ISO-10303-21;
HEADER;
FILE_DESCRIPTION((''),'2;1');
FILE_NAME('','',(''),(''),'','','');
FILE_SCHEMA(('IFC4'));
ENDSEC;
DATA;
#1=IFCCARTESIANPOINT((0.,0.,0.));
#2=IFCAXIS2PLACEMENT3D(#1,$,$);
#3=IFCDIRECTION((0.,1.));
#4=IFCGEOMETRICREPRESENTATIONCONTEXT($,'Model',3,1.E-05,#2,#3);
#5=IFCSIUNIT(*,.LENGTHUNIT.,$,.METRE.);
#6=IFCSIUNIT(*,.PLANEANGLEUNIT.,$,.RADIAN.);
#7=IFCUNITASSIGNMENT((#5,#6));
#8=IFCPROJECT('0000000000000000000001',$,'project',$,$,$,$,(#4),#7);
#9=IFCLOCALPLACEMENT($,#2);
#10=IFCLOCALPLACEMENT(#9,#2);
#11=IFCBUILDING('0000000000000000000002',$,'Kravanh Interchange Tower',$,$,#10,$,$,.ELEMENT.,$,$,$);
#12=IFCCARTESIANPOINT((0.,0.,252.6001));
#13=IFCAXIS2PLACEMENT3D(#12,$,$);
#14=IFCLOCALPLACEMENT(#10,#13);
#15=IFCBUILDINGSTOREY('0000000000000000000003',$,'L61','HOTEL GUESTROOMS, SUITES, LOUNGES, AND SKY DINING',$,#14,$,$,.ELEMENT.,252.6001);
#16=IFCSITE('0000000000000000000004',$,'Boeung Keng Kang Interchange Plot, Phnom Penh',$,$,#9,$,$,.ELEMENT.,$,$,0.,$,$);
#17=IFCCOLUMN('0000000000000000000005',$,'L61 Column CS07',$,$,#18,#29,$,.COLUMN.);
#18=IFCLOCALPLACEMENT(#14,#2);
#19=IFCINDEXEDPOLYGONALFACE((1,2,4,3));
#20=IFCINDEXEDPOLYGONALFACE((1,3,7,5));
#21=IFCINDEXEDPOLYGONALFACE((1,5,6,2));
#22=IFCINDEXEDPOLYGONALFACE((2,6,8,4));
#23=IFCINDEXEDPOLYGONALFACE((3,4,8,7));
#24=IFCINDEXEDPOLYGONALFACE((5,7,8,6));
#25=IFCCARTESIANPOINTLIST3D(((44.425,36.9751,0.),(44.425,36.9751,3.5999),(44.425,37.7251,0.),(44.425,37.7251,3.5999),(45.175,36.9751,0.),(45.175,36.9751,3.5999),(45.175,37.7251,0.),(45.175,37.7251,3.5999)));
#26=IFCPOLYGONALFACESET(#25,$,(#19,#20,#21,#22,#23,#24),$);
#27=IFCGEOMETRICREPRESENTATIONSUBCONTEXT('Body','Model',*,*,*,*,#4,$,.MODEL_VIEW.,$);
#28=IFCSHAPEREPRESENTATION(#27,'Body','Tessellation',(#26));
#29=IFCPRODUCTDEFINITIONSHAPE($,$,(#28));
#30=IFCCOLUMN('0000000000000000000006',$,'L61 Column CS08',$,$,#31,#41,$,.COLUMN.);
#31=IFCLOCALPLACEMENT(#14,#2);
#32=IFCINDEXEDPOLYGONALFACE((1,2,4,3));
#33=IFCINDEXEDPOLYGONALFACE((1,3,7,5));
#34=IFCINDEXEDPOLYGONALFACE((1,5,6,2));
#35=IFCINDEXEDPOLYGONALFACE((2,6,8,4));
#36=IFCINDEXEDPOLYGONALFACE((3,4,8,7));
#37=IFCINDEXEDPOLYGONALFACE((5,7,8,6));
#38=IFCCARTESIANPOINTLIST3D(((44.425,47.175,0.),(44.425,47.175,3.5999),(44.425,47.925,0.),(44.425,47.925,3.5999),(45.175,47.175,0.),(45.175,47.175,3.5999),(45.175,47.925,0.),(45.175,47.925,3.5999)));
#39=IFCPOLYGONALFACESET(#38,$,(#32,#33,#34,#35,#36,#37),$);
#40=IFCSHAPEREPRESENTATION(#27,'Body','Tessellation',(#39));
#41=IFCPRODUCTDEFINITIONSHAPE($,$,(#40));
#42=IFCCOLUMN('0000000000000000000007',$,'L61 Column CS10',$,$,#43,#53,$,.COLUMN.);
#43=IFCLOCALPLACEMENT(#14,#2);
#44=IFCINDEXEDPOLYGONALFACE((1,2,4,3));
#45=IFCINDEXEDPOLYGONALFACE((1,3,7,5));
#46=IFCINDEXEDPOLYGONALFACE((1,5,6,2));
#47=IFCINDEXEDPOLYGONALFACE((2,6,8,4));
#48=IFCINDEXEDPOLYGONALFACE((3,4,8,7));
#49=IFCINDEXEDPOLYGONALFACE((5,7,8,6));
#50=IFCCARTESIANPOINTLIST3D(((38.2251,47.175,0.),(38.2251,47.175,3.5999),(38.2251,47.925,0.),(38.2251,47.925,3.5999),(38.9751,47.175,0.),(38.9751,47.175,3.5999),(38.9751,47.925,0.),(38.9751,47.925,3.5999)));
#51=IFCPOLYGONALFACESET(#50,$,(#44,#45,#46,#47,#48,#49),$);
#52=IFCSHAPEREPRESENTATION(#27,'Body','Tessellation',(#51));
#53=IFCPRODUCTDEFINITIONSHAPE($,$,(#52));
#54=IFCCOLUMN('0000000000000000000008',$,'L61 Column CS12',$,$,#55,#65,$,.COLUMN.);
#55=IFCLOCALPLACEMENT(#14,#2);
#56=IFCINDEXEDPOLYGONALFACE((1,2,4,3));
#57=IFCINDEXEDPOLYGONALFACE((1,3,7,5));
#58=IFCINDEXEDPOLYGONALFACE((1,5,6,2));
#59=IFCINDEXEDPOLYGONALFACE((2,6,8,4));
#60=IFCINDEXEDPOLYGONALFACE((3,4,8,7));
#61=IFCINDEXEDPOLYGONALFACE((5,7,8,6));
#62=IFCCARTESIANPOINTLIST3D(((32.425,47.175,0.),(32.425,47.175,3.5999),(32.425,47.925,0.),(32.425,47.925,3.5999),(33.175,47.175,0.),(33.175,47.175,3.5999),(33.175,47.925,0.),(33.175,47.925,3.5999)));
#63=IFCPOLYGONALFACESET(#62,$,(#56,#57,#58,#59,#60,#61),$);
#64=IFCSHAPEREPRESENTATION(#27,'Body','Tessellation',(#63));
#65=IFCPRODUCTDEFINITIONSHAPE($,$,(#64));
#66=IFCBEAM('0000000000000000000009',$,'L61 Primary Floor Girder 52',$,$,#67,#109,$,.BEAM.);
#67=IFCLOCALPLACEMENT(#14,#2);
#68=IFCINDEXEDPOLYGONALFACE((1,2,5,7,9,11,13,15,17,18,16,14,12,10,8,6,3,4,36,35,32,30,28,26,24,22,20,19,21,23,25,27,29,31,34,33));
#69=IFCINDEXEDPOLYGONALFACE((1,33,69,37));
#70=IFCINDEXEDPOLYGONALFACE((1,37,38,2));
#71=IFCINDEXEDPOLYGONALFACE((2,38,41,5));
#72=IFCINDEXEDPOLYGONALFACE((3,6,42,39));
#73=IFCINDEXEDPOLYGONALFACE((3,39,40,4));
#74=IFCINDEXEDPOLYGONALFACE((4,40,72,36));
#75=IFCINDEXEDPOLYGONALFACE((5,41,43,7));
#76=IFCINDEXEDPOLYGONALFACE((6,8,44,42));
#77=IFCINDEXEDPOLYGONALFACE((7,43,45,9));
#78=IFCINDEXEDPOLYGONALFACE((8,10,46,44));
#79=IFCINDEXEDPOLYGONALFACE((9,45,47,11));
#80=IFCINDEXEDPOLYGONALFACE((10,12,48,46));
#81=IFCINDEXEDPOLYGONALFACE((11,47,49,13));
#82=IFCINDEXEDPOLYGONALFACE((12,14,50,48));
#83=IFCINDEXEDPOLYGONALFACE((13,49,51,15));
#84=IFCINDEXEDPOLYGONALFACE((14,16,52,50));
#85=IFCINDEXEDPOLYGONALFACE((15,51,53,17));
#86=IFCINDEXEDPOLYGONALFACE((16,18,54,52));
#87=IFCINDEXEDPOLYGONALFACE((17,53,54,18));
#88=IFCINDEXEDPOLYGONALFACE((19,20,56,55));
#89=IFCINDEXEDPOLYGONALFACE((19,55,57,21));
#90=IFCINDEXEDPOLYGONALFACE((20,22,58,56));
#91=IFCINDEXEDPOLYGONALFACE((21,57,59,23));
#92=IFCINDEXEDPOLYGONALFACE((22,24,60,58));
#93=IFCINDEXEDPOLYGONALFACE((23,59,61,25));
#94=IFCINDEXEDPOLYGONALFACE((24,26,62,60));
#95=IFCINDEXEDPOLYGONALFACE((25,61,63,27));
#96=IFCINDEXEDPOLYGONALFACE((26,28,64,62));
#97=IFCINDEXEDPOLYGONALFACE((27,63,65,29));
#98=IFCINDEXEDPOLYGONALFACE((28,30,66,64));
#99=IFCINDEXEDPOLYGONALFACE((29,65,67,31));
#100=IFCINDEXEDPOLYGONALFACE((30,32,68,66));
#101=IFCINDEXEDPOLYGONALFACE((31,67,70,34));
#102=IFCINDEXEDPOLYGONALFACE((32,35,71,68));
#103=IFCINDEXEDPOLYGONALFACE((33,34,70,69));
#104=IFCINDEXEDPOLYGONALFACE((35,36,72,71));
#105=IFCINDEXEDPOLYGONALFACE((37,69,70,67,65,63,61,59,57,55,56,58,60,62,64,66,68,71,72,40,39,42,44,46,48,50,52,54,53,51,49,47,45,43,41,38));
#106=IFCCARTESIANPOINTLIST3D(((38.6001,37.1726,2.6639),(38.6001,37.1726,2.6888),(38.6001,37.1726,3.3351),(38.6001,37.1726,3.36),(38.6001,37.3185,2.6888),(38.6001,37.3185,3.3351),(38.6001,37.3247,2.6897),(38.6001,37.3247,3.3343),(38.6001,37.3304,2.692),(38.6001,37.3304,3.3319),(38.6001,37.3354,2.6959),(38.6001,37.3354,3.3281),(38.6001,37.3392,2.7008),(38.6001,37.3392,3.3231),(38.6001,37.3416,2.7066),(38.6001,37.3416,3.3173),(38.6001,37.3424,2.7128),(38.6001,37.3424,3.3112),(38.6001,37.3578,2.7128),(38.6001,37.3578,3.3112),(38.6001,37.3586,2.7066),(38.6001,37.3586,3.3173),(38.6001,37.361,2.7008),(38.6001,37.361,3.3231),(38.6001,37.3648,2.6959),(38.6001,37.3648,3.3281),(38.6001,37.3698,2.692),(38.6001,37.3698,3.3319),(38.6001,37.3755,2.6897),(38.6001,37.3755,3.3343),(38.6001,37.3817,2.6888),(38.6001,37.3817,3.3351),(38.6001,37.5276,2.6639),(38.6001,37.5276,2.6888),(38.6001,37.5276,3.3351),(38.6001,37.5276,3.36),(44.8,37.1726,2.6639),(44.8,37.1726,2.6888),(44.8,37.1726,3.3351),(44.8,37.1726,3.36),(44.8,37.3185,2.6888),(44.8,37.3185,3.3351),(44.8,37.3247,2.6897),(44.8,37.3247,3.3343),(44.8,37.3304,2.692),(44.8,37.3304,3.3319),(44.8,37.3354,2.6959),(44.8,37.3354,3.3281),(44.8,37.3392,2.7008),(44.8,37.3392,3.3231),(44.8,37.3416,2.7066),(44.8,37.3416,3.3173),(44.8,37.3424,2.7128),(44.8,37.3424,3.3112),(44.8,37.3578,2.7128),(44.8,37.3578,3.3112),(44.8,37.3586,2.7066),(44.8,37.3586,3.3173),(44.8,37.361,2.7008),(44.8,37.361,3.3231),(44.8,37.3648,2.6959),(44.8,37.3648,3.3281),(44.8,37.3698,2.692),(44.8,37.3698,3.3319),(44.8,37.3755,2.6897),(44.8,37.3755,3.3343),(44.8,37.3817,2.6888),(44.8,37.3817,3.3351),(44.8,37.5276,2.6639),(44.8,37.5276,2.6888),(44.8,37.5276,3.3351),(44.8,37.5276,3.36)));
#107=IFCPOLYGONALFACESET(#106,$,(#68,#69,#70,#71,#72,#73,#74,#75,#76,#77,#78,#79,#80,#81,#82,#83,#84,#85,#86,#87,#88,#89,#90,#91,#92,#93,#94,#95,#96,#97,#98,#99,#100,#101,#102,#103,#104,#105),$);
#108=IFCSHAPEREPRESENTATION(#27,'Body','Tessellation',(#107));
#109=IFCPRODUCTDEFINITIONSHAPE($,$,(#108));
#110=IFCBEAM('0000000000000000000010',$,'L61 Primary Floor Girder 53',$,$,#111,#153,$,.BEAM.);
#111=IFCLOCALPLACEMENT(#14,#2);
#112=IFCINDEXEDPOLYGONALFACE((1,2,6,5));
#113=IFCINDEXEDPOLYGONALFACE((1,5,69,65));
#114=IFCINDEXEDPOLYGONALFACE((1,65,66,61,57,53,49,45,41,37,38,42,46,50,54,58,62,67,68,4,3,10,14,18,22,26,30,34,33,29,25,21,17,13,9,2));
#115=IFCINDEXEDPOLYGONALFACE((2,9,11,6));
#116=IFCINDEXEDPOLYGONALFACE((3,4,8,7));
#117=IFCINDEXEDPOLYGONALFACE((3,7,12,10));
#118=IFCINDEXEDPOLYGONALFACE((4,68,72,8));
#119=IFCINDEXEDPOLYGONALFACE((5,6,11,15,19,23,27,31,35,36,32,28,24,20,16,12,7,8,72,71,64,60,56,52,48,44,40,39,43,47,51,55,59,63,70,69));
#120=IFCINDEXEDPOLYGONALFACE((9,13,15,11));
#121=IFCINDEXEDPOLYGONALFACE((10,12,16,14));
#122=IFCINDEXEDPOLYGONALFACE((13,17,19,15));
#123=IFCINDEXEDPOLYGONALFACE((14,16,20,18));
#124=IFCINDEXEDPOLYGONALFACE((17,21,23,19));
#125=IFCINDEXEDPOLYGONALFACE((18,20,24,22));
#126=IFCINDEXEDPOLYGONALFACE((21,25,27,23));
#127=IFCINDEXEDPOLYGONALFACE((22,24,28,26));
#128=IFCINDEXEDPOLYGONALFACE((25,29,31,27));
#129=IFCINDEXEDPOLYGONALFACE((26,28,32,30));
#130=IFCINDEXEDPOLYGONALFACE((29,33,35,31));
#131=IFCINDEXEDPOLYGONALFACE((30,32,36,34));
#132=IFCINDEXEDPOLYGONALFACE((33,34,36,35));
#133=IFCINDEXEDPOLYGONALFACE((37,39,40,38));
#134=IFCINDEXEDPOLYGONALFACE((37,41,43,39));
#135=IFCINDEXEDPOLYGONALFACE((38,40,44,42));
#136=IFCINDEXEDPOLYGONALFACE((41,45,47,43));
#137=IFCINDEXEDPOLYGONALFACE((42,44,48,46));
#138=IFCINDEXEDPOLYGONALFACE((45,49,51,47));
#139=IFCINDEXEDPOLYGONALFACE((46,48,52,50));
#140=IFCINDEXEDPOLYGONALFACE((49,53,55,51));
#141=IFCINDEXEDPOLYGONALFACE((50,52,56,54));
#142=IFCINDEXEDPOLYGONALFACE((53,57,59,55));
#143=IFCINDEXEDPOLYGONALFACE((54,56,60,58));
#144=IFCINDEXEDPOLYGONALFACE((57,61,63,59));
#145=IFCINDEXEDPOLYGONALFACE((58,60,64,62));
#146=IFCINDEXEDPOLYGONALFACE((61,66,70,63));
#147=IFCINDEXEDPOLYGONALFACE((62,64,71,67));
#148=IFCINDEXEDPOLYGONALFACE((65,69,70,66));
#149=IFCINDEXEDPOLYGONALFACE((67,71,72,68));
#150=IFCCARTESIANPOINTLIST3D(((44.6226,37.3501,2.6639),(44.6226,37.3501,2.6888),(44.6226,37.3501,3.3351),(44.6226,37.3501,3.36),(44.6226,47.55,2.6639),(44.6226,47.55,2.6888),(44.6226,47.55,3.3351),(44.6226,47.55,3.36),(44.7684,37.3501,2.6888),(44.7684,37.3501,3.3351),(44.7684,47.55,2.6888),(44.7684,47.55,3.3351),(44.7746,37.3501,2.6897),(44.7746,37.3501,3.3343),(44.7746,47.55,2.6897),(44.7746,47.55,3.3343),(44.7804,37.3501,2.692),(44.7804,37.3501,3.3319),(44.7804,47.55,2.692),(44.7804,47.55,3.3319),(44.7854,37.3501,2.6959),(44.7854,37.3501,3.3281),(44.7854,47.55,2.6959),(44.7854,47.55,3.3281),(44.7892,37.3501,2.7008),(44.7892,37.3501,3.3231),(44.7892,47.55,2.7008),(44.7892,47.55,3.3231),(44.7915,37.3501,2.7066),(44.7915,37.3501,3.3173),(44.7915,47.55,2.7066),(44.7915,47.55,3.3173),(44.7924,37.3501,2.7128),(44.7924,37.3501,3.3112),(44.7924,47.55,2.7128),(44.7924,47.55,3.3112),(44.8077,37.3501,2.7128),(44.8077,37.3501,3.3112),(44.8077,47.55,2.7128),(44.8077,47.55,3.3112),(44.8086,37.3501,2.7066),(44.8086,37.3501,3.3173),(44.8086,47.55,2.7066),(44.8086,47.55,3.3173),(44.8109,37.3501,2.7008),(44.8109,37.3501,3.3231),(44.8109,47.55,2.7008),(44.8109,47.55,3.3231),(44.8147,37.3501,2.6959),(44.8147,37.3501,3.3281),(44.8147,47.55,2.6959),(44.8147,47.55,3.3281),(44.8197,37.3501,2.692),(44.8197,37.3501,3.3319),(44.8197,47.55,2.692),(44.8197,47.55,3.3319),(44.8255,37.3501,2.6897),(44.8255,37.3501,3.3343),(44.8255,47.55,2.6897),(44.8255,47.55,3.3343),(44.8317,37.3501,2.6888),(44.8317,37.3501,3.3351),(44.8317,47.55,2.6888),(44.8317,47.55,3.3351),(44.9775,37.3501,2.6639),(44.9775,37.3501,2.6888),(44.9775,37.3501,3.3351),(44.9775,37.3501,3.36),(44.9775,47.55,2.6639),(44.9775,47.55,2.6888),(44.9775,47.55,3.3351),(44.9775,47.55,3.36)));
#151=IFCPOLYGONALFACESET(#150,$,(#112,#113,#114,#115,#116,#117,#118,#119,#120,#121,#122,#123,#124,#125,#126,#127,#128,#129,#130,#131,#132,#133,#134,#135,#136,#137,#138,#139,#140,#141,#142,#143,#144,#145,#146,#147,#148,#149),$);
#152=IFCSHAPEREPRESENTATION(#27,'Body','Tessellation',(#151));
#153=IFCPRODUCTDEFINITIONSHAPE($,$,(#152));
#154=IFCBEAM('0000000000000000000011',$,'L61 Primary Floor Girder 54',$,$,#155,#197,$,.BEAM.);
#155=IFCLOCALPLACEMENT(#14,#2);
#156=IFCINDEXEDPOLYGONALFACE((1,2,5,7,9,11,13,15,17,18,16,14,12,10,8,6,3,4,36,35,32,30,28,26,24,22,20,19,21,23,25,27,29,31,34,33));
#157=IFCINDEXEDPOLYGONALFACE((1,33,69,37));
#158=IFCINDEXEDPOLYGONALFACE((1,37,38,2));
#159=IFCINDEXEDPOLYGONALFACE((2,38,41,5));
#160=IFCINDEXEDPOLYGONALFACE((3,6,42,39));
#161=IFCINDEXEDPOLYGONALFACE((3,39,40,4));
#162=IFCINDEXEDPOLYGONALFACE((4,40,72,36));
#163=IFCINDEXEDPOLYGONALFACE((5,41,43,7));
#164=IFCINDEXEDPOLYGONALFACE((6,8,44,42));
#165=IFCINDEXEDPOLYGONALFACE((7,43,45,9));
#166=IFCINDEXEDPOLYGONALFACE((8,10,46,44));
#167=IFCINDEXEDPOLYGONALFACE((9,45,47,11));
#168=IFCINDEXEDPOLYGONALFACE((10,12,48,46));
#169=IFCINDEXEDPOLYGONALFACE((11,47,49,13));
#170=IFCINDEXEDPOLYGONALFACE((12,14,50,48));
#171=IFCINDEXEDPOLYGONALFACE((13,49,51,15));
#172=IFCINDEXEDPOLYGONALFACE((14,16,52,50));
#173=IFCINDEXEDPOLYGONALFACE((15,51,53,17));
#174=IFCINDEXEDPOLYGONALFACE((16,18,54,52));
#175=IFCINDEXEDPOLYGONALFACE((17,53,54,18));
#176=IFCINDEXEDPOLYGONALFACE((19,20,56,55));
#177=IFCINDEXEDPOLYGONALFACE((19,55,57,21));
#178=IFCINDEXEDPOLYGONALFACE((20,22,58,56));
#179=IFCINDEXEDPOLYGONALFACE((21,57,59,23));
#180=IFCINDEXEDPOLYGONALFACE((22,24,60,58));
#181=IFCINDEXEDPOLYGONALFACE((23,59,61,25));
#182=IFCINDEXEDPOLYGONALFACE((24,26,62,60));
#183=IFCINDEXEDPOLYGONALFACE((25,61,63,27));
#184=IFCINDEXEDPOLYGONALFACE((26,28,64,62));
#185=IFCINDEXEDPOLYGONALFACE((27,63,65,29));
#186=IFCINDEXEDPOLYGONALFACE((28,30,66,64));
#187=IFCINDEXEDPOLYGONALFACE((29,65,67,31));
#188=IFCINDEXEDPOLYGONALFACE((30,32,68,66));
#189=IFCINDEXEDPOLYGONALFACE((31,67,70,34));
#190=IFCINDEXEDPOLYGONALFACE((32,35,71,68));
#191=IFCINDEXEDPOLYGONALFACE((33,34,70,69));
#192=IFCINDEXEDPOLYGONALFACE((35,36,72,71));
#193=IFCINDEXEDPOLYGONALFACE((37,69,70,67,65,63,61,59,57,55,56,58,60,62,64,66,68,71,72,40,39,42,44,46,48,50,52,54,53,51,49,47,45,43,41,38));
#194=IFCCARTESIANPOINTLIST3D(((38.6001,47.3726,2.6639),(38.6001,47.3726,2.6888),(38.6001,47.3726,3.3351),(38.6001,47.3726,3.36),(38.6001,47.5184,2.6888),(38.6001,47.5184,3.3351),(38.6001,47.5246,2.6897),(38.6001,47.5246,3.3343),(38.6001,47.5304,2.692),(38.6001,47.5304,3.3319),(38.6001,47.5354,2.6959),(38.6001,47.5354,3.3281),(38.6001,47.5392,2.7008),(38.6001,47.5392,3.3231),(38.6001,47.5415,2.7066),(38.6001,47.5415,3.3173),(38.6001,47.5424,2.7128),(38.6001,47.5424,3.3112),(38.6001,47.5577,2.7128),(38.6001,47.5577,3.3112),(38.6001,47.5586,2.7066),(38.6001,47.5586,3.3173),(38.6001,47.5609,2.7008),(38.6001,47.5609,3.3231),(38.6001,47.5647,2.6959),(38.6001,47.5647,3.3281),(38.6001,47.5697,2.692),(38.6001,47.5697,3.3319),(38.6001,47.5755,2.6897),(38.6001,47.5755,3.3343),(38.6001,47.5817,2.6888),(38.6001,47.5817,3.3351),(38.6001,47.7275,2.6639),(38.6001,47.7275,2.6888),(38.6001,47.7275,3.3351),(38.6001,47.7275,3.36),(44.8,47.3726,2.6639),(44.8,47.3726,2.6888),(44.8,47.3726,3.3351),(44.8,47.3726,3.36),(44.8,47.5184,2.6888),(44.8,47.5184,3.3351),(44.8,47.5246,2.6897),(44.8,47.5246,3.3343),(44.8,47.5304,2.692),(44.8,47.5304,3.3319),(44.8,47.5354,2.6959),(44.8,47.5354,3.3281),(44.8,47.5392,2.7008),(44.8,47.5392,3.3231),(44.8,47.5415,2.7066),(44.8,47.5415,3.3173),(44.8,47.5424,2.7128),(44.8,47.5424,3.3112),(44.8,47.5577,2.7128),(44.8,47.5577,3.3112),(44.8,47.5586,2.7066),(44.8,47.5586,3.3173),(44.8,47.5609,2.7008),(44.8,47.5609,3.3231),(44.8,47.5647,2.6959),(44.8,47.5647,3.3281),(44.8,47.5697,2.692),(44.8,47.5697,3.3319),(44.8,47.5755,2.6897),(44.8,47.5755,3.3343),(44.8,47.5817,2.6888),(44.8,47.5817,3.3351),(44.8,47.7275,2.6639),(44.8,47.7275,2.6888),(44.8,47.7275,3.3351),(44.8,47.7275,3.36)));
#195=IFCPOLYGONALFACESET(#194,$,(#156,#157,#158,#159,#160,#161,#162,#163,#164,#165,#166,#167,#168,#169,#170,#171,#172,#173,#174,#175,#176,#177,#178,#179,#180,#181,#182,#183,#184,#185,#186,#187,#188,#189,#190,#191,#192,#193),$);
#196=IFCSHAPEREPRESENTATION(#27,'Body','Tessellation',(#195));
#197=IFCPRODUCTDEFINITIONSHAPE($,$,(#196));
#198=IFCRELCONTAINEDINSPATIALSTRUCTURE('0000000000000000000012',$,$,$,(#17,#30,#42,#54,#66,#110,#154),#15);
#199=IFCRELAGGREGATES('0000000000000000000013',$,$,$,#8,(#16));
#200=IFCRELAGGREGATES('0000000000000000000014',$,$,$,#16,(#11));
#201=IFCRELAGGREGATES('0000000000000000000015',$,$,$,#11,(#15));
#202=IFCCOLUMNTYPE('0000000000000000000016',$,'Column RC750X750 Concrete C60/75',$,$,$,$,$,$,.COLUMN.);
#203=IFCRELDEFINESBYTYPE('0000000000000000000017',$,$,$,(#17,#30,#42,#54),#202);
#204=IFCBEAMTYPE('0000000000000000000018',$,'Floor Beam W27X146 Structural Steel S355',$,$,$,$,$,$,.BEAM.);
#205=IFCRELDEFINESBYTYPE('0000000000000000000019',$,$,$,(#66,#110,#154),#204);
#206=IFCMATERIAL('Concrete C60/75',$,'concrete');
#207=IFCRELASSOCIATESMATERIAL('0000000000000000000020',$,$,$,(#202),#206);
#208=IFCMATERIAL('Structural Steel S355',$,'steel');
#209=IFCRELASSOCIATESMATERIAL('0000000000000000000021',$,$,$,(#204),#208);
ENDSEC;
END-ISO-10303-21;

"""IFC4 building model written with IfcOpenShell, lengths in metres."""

from ifc_helpers import new_model, si_unit, direction, frame, origin, origin_2d, place, context, subcontext, project, spatial, rectangle, i_section, extrude, material, material_profile, profile_set, type_object, element, save


model = new_model("IFC4")

# Units and contexts
model_context = context("Model", 3, precision=1e-05, world=origin(), true_north=direction((0.0, 1.0)))
body_context = subcontext(model_context, "Body", "Model", "MODEL_VIEW")
ifc_project = project(units=[si_unit("LENGTHUNIT", "METRE"), si_unit("PLANEANGLEUNIT", "RADIAN")], contexts=[model_context])

# Site, building, storey
site_placement = place(None, origin())
site = spatial("IfcSite", under=ifc_project, at=site_placement, Name="Boeung Keng Kang Interchange Plot, Phnom Penh", CompositionType="ELEMENT", RefElevation=0.0)
building_placement = place(site_placement, origin())
building = spatial("IfcBuilding", under=site, at=building_placement, Name="Kravanh Interchange Tower", CompositionType="ELEMENT")
storey_placement = place(building_placement, frame((0.0, 0.0, 252.6001)))
storey = spatial("IfcBuildingStorey", under=building, at=storey_placement, Name="L61", Description="HOTEL GUESTROOMS, SUITES, LOUNGES, AND SKY DINING", CompositionType="ELEMENT", Elevation=252.6001)

# Columns
ifc_material_1 = material(Name="Concrete C60/75", Category="concrete")
ifc_material_profile_1 = material_profile(ifc_material_1, rectangle(XDim=0.75, YDim=0.75, at=origin_2d()), Name="RC750X750")
ifc_profile_set_1 = profile_set([ifc_material_profile_1], Name="Concrete C60/75")
column_type = type_object("IfcColumnType", Name="Column RC750X750 Concrete C60/75", PredefinedType="COLUMN", material=ifc_profile_set_1)
for number, where, z_axis, x_axis, name in (
    (1, (44.8, 37.3501, 0.0), (0.0, 0.0, 1.0), (1.0, 0.0, 0.0), "L61 Column CS07"),
    (2, (44.8, 47.55, 0.0), (0.0, 0.0, 1.0), (1.0, 0.0, 0.0), "L61 Column CS08"),
    (3, (38.6001, 47.55, 0.0), (0.0, 0.0, 1.0), (1.0, 0.0, 0.0), "L61 Column CS10"),
    (4, (32.8, 47.55, 0.0), (0.0, 0.0, 1.0), (1.0, 0.0, 0.0), "L61 Column CS12"),
):
    element("IfcColumn", number, at=place(storey_placement, frame(where, z_axis=z_axis, x_axis=x_axis)), inside=storey, type_object=column_type, Name=name, PredefinedType="COLUMN", context=body_context, shape_type="SweptSolid", body=[
        extrude(rectangle(XDim=0.75, YDim=0.75, at=origin_2d()), origin(), (0.0, 0.0, 1.0), 3.5999),
    ])

# Beams
ifc_material_2 = material(Name="Structural Steel S355", Category="steel")
ifc_material_profile_2 = material_profile(ifc_material_2, i_section(OverallWidth=0.355, OverallDepth=0.696, WebThickness=0.0154, FlangeThickness=0.0249, FilletRadius=0.0239, at=origin_2d()), Name="W27X146")
ifc_profile_set_2 = profile_set([ifc_material_profile_2], Name="Structural Steel S355")
beam_type = type_object("IfcBeamType", Name="Floor Beam W27X146 Structural Steel S355", PredefinedType="BEAM", material=ifc_profile_set_2)
beam_1_placement = place(storey_placement, frame((44.8, 37.3501, 3.012), z_axis=(-1.0, 0.0, 0.0), x_axis=(0.0, -1.0, 0.0)))
element("IfcBeam", 5, at=beam_1_placement, inside=storey, type_object=beam_type, Name="L61 Primary Floor Girder 52", PredefinedType="BEAM", context=body_context, shape_type="SweptSolid", body=[
    extrude(i_section(OverallWidth=0.355, OverallDepth=0.696, WebThickness=0.0154, FlangeThickness=0.0249, FilletRadius=0.0239, at=origin_2d()), origin(), (0.0, 0.0, 1.0), 6.2),
])
beam_2_placement = place(storey_placement, frame((44.8, 37.3501, 3.012), z_axis=(0.0, 1.0, 0.0), x_axis=(-1.0, 0.0, 0.0)))
element("IfcBeam", 6, at=beam_2_placement, inside=storey, type_object=beam_type, Name="L61 Primary Floor Girder 53", PredefinedType="BEAM", context=body_context, shape_type="SweptSolid", body=[
    extrude(i_section(OverallWidth=0.355, OverallDepth=0.696, WebThickness=0.0154, FlangeThickness=0.0249, FilletRadius=0.0239, at=origin_2d()), origin(), (0.0, 0.0, 1.0), 10.2),
])
beam_3_placement = place(storey_placement, frame((44.8, 47.55, 3.012), z_axis=(-1.0, 0.0, 0.0), x_axis=(0.0, -1.0, 0.0)))
element("IfcBeam", 7, at=beam_3_placement, inside=storey, type_object=beam_type, Name="L61 Primary Floor Girder 54", PredefinedType="BEAM", context=body_context, shape_type="SweptSolid", body=[
    extrude(i_section(OverallWidth=0.355, OverallDepth=0.696, WebThickness=0.0154, FlangeThickness=0.0249, FilletRadius=0.0239, at=origin_2d()), origin(), (0.0, 0.0, 1.0), 6.2),
])

save(model, "model.ifc")
